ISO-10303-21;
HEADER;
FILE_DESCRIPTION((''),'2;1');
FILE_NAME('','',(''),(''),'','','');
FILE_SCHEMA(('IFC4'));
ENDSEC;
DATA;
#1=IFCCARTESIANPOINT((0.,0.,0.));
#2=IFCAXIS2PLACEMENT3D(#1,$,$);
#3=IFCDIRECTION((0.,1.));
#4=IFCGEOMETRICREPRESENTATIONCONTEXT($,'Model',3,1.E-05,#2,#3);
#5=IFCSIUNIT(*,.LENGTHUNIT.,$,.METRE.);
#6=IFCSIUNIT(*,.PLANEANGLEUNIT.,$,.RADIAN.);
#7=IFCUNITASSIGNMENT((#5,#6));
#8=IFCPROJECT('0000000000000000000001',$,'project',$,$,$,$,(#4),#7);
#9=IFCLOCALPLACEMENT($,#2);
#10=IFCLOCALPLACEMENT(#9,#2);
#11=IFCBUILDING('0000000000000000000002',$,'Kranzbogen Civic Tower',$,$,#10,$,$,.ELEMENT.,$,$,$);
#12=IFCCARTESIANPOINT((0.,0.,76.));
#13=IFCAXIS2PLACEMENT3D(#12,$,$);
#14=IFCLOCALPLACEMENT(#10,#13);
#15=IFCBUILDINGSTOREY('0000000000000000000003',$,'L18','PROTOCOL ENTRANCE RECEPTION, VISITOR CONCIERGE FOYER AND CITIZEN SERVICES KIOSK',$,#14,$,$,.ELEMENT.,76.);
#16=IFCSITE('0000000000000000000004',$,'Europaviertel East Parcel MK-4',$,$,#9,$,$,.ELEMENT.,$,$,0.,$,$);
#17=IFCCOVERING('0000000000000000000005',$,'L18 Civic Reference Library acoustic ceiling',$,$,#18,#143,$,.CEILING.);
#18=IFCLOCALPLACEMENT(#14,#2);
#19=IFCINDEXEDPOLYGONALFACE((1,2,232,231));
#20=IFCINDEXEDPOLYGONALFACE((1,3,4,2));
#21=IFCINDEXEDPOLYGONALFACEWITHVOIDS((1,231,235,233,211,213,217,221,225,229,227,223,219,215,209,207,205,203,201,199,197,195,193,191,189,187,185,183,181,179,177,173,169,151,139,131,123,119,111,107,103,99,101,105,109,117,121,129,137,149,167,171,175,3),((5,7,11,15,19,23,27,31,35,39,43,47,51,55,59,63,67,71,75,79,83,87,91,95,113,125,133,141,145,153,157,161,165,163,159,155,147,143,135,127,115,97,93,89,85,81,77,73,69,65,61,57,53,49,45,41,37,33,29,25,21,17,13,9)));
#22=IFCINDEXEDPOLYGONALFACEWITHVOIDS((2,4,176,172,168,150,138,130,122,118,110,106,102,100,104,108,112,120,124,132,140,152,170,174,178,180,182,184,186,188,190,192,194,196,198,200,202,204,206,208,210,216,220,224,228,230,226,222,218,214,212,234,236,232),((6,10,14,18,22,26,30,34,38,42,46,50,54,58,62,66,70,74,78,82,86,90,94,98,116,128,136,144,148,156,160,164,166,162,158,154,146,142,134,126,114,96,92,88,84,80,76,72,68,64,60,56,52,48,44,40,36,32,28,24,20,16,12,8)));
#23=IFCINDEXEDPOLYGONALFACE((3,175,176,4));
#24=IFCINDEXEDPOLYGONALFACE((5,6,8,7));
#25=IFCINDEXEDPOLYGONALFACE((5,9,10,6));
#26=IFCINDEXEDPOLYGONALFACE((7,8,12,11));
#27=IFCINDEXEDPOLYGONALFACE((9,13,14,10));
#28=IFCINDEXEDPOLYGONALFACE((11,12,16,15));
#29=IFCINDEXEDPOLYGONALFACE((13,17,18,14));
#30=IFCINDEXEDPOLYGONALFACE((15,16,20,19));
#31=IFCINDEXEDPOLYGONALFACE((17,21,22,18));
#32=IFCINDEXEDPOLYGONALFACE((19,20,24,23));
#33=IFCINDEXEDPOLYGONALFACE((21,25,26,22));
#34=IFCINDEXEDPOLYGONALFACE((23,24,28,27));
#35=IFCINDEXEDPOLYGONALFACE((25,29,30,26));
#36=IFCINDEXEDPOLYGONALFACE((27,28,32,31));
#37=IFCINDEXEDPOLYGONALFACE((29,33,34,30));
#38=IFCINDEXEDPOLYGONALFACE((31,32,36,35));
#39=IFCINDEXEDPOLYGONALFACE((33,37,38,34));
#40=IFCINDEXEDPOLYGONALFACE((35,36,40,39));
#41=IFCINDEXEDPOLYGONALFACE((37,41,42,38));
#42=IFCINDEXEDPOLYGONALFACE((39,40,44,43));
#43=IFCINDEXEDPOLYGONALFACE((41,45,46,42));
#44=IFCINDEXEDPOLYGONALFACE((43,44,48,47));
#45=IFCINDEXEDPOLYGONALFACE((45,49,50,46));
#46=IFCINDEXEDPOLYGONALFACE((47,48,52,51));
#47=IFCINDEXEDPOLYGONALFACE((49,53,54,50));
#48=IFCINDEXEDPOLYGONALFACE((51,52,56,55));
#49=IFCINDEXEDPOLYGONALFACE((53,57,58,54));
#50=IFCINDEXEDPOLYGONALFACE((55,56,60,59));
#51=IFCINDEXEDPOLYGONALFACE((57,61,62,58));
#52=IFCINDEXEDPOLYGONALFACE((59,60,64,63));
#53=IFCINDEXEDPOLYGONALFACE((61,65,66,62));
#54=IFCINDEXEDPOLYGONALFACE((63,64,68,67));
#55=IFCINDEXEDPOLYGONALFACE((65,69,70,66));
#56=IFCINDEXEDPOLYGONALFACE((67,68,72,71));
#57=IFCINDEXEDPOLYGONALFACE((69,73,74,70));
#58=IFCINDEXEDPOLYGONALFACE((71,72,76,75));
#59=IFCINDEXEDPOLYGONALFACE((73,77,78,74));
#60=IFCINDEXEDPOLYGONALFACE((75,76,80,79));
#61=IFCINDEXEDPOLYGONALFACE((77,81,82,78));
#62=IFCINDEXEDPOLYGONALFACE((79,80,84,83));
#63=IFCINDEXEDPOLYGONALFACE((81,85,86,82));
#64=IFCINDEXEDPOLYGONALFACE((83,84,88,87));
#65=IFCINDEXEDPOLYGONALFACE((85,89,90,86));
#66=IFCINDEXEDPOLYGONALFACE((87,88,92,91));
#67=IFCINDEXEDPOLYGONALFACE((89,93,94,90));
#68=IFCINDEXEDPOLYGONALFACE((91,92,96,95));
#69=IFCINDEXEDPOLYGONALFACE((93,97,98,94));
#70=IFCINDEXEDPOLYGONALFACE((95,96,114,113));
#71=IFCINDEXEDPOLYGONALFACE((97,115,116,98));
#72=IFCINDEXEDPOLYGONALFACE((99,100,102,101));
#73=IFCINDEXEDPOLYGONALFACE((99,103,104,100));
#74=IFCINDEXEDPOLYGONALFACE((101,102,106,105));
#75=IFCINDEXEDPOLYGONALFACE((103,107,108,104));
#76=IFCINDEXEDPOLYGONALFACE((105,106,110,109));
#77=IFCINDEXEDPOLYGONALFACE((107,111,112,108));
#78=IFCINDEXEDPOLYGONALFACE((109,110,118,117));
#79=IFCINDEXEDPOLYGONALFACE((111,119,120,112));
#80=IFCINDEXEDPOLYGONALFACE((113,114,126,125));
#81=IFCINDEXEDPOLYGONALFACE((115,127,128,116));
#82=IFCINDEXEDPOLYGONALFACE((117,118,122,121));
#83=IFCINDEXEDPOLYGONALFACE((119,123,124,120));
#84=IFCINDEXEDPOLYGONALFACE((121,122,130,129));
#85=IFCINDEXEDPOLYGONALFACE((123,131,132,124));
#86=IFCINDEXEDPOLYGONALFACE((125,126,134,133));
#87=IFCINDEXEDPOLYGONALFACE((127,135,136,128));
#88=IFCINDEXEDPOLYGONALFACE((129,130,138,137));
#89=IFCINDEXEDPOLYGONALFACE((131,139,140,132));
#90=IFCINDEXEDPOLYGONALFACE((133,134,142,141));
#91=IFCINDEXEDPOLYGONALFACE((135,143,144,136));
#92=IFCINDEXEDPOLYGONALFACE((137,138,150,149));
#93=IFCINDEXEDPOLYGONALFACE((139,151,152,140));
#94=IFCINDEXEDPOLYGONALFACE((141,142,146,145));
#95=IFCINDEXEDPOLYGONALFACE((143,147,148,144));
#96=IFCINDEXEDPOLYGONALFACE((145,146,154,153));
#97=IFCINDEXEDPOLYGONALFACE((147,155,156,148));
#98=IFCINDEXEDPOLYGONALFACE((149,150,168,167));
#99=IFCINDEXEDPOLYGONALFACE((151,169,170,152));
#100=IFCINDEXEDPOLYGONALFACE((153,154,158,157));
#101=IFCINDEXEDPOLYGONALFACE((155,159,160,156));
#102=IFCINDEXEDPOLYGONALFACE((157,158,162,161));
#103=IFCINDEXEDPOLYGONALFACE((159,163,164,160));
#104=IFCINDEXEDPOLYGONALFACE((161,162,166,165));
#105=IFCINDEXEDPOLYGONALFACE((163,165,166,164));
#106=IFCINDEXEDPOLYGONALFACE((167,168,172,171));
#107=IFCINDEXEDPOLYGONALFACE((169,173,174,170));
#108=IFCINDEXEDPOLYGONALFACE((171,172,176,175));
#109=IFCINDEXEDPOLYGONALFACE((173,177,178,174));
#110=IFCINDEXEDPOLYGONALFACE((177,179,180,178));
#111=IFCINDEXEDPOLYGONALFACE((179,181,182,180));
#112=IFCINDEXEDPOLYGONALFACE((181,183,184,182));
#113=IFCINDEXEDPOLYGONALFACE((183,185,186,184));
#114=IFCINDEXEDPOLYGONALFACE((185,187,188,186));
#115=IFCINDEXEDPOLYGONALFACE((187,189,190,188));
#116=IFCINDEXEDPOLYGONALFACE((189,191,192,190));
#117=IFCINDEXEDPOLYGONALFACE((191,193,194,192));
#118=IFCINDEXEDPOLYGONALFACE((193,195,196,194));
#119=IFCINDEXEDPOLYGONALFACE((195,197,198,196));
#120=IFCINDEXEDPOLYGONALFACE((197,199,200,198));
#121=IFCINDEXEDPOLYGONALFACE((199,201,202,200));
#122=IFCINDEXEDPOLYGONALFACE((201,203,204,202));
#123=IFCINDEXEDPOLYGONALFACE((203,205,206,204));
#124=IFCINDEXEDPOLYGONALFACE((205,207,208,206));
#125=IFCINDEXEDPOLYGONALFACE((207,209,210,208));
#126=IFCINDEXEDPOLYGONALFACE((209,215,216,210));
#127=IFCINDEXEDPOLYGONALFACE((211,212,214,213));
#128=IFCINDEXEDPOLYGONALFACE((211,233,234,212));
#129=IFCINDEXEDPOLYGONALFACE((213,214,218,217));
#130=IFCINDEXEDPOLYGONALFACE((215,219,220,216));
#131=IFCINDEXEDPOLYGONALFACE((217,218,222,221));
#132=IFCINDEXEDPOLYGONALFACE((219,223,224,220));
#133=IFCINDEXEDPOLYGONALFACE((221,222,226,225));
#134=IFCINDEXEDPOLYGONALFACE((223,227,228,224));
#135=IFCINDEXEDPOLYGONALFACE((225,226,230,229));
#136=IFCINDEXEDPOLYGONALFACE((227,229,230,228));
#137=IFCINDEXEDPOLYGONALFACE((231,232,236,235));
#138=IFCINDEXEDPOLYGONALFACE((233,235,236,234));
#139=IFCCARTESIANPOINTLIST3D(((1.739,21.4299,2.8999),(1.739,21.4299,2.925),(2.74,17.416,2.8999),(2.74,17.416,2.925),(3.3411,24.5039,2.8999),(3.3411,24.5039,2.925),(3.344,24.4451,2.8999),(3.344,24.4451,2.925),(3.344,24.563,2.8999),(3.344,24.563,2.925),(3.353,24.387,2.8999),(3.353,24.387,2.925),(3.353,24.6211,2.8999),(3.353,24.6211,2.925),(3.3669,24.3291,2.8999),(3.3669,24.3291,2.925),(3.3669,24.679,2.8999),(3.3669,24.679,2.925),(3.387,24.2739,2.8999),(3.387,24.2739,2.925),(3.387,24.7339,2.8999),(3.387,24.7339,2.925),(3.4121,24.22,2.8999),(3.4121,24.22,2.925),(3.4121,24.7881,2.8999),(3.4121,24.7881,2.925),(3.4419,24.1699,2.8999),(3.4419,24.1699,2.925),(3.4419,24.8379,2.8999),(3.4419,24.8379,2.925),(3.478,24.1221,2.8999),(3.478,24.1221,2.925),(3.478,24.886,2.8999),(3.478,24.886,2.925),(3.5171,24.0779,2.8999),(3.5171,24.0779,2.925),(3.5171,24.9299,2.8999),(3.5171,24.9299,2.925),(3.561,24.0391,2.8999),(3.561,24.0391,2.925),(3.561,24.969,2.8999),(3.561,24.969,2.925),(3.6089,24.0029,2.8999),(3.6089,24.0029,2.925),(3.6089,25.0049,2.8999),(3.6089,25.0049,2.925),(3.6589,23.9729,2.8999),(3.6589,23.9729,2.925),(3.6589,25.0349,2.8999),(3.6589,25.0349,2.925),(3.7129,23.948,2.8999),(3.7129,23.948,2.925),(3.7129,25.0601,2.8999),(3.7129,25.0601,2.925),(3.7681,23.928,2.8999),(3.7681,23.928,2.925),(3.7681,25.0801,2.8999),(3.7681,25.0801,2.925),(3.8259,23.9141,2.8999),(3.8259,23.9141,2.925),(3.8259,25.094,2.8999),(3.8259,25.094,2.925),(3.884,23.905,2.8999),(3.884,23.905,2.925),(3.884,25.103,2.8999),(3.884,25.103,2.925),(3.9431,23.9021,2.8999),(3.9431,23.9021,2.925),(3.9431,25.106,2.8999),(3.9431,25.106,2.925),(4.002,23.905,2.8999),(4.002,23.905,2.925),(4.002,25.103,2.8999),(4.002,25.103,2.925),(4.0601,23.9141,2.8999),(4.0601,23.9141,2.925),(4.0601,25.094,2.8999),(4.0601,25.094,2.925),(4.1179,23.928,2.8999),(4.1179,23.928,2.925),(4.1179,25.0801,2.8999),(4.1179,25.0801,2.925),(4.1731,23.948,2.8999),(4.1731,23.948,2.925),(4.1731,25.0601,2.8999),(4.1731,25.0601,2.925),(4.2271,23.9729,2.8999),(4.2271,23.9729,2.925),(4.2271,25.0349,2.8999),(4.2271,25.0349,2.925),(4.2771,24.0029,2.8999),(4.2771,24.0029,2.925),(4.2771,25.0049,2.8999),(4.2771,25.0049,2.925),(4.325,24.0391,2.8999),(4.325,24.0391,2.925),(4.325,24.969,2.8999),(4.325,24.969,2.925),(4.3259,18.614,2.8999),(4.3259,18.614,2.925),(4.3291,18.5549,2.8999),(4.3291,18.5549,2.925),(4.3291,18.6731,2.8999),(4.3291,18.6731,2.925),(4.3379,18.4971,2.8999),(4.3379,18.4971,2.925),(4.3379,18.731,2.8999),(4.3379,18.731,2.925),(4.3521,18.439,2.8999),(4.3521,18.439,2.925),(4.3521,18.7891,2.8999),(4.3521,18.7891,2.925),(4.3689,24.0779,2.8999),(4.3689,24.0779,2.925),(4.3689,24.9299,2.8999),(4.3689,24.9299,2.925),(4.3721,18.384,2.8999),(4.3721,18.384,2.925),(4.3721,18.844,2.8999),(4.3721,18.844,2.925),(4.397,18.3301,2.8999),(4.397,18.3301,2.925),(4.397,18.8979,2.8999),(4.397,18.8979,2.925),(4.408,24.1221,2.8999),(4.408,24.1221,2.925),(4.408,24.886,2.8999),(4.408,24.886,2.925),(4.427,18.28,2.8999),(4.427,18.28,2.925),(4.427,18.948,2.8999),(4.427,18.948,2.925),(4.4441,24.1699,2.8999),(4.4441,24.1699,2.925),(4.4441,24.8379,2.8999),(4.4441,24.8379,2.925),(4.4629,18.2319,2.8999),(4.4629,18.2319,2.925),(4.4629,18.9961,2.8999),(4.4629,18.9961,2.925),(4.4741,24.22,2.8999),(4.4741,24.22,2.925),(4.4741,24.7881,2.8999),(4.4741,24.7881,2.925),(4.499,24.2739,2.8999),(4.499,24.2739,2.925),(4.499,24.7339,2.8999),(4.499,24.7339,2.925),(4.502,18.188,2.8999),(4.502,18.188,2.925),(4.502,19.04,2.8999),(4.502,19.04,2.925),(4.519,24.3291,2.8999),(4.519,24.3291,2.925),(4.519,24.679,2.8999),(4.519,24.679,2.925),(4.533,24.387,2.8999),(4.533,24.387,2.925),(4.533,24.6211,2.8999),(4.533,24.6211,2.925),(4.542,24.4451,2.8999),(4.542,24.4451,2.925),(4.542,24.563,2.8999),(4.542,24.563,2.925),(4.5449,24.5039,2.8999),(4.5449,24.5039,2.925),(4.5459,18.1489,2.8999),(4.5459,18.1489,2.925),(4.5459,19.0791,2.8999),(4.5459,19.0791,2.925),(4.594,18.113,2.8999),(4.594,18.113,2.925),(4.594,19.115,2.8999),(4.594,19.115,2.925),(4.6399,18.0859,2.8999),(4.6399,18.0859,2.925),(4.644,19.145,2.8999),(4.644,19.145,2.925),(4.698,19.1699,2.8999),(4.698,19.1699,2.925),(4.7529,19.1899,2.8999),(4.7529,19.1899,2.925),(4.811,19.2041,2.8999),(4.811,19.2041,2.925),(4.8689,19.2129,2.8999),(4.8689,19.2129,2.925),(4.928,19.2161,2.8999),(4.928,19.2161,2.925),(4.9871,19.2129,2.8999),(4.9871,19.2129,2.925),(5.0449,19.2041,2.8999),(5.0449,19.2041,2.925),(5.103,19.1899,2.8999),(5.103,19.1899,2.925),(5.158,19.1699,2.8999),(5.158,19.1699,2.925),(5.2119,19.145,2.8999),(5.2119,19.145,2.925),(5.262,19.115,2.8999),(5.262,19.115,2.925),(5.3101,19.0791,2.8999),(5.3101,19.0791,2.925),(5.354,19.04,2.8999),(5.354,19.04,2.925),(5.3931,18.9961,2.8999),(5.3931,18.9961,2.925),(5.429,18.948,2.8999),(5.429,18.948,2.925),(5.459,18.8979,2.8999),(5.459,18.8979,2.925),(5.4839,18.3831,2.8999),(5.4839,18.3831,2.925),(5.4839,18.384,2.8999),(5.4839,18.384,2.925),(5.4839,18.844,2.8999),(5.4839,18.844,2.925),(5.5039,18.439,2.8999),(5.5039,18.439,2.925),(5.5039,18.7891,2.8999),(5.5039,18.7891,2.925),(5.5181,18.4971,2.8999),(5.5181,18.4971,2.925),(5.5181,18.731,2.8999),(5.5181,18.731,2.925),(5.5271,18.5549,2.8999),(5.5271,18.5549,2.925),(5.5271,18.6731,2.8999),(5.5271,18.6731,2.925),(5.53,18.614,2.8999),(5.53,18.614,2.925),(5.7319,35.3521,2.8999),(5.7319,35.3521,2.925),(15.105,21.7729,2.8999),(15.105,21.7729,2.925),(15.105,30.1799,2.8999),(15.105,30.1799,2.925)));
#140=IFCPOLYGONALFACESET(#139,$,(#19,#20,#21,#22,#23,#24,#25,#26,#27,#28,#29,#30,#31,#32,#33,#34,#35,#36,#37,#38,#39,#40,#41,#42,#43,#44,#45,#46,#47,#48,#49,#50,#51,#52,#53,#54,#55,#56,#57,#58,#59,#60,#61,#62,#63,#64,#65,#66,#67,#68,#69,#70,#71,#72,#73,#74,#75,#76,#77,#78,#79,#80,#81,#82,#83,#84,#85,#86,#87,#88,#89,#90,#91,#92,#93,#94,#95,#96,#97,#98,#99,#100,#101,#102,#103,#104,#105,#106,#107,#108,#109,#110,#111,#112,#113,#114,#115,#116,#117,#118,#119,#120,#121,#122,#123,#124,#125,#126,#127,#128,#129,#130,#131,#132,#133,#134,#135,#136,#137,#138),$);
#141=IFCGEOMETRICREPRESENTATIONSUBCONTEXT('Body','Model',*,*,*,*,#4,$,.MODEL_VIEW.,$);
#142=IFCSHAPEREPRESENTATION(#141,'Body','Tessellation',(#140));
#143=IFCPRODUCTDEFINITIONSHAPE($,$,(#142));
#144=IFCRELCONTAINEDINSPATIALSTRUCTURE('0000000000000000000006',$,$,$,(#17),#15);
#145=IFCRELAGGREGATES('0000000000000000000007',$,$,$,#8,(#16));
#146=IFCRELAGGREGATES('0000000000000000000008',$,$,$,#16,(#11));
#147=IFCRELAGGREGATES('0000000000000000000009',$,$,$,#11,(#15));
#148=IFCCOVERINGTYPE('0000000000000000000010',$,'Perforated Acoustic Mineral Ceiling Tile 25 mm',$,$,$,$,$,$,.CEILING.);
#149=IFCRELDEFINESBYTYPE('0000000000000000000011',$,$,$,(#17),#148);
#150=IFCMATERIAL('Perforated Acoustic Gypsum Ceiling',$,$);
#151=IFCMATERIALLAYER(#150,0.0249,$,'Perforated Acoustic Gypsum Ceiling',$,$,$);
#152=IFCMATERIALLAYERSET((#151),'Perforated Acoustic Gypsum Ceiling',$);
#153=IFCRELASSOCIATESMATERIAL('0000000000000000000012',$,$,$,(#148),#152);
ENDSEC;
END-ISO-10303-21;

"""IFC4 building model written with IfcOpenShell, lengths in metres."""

from ifc_helpers import new_model, si_unit, direction, frame, origin, place, context, subcontext, project, spatial, polyline, outline, extrude, material, layer, layer_set, type_object, element, save


model = new_model("IFC4")

# Units and contexts
model_context = context("Model", 3, precision=1e-05, world=origin(), true_north=direction((0.0, 1.0)))
body_context = subcontext(model_context, "Body", "Model", "MODEL_VIEW")
ifc_project = project(units=[si_unit("LENGTHUNIT", "METRE"), si_unit("PLANEANGLEUNIT", "RADIAN")], contexts=[model_context])

# Site, building, storey
site_placement = place(None, origin())
site = spatial("IfcSite", under=ifc_project, at=site_placement, Name="Europaviertel East Parcel MK-4", CompositionType="ELEMENT", RefElevation=0.0)
building_placement = place(site_placement, origin())
building = spatial("IfcBuilding", under=site, at=building_placement, Name="Kranzbogen Civic Tower", CompositionType="ELEMENT")
storey_placement = place(building_placement, frame((0.0, 0.0, 76.0)))
storey = spatial("IfcBuildingStorey", under=building, at=storey_placement, Name="L18", Description="PROTOCOL ENTRANCE RECEPTION, VISITOR CONCIERGE FOYER AND CITIZEN SERVICES KIOSK", CompositionType="ELEMENT", Elevation=76.0)

# Covering
ifc_material_1 = material(Name="Perforated Acoustic Gypsum Ceiling")
ifc_layer_1 = layer(ifc_material_1, 0.0249, Name="Perforated Acoustic Gypsum Ceiling")
ifc_layer_set_1 = layer_set([ifc_layer_1], Name="Perforated Acoustic Gypsum Ceiling")
covering_type = type_object("IfcCoveringType", Name="Perforated Acoustic Mineral Ceiling Tile 25 mm", PredefinedType="CEILING", material=ifc_layer_set_1)
covering_1_placement = place(storey_placement, frame((0.0, 0.0, 2.8999)))
element("IfcCovering", 1, at=covering_1_placement, inside=storey, type_object=covering_type, Name="L18 Civic Reference Library acoustic ceiling", PredefinedType="CEILING", context=body_context, shape_type="SweptSolid", body=[
    extrude(outline(polyline([(5.7319, 35.3521), (15.105, 30.1799), (15.105, 21.7729), (5.4839, 18.3831), (5.4839, 18.384), (5.5039, 18.439), (5.5181, 18.4971), (5.5271, 18.5549), (5.53, 18.614), (5.5271, 18.6731), (5.5181, 18.731), (5.5039, 18.7891), (5.4839, 18.844), (5.459, 18.8979), (5.429, 18.948), (5.3931, 18.9961), (5.354, 19.04), (5.3101, 19.0791), (5.262, 19.115), (5.2119, 19.145), (5.158, 19.1699), (5.103, 19.1899), (5.0449, 19.2041), (4.9871, 19.2129), (4.928, 19.2161), (4.8689, 19.2129), (4.811, 19.2041), (4.7529, 19.1899), (4.698, 19.1699), (4.644, 19.145), (4.594, 19.115), (4.5459, 19.0791), (4.502, 19.04), (4.4629, 18.9961), (4.427, 18.948), (4.397, 18.8979), (4.3721, 18.844), (4.3521, 18.7891), (4.3379, 18.731), (4.3291, 18.6731), (4.3259, 18.614), (4.3291, 18.5549), (4.3379, 18.4971), (4.3521, 18.439), (4.3721, 18.384), (4.397, 18.3301), (4.427, 18.28), (4.4629, 18.2319), (4.502, 18.188), (4.5459, 18.1489), (4.594, 18.113), (4.6399, 18.0859), (2.74, 17.416), (1.739, 21.4299), (5.7319, 35.3521)]), holes=[polyline([(4.499, 24.2739), (4.4741, 24.22), (4.4441, 24.1699), (4.408, 24.1221), (4.3689, 24.0779), (4.325, 24.0391), (4.2771, 24.0029), (4.2271, 23.9729), (4.1731, 23.948), (4.1179, 23.928), (4.0601, 23.9141), (4.002, 23.905), (3.9431, 23.9021), (3.884, 23.905), (3.8259, 23.9141), (3.7681, 23.928), (3.7129, 23.948), (3.6589, 23.9729), (3.6089, 24.0029), (3.561, 24.0391), (3.5171, 24.0779), (3.478, 24.1221), (3.4419, 24.1699), (3.4121, 24.22), (3.387, 24.2739), (3.3669, 24.3291), (3.353, 24.387), (3.344, 24.4451), (3.3411, 24.5039), (3.344, 24.563), (3.353, 24.6211), (3.3669, 24.679), (3.387, 24.7339), (3.4121, 24.7881), (3.4419, 24.8379), (3.478, 24.886), (3.5171, 24.9299), (3.561, 24.969), (3.6089, 25.0049), (3.6589, 25.0349), (3.7129, 25.0601), (3.7681, 25.0801), (3.8259, 25.094), (3.884, 25.103), (3.9431, 25.106), (4.002, 25.103), (4.0601, 25.094), (4.1179, 25.0801), (4.1731, 25.0601), (4.2271, 25.0349), (4.2771, 25.0049), (4.325, 24.969), (4.3689, 24.9299), (4.408, 24.886), (4.4441, 24.8379), (4.4741, 24.7881), (4.499, 24.7339), (4.519, 24.679), (4.533, 24.6211), (4.542, 24.563), (4.5449, 24.5039), (4.542, 24.4451), (4.533, 24.387), (4.519, 24.3291), (4.499, 24.2739)])]), origin(), (0.0, 0.0, 1.0), 0.0251),
])

save(model, "model.ifc")
